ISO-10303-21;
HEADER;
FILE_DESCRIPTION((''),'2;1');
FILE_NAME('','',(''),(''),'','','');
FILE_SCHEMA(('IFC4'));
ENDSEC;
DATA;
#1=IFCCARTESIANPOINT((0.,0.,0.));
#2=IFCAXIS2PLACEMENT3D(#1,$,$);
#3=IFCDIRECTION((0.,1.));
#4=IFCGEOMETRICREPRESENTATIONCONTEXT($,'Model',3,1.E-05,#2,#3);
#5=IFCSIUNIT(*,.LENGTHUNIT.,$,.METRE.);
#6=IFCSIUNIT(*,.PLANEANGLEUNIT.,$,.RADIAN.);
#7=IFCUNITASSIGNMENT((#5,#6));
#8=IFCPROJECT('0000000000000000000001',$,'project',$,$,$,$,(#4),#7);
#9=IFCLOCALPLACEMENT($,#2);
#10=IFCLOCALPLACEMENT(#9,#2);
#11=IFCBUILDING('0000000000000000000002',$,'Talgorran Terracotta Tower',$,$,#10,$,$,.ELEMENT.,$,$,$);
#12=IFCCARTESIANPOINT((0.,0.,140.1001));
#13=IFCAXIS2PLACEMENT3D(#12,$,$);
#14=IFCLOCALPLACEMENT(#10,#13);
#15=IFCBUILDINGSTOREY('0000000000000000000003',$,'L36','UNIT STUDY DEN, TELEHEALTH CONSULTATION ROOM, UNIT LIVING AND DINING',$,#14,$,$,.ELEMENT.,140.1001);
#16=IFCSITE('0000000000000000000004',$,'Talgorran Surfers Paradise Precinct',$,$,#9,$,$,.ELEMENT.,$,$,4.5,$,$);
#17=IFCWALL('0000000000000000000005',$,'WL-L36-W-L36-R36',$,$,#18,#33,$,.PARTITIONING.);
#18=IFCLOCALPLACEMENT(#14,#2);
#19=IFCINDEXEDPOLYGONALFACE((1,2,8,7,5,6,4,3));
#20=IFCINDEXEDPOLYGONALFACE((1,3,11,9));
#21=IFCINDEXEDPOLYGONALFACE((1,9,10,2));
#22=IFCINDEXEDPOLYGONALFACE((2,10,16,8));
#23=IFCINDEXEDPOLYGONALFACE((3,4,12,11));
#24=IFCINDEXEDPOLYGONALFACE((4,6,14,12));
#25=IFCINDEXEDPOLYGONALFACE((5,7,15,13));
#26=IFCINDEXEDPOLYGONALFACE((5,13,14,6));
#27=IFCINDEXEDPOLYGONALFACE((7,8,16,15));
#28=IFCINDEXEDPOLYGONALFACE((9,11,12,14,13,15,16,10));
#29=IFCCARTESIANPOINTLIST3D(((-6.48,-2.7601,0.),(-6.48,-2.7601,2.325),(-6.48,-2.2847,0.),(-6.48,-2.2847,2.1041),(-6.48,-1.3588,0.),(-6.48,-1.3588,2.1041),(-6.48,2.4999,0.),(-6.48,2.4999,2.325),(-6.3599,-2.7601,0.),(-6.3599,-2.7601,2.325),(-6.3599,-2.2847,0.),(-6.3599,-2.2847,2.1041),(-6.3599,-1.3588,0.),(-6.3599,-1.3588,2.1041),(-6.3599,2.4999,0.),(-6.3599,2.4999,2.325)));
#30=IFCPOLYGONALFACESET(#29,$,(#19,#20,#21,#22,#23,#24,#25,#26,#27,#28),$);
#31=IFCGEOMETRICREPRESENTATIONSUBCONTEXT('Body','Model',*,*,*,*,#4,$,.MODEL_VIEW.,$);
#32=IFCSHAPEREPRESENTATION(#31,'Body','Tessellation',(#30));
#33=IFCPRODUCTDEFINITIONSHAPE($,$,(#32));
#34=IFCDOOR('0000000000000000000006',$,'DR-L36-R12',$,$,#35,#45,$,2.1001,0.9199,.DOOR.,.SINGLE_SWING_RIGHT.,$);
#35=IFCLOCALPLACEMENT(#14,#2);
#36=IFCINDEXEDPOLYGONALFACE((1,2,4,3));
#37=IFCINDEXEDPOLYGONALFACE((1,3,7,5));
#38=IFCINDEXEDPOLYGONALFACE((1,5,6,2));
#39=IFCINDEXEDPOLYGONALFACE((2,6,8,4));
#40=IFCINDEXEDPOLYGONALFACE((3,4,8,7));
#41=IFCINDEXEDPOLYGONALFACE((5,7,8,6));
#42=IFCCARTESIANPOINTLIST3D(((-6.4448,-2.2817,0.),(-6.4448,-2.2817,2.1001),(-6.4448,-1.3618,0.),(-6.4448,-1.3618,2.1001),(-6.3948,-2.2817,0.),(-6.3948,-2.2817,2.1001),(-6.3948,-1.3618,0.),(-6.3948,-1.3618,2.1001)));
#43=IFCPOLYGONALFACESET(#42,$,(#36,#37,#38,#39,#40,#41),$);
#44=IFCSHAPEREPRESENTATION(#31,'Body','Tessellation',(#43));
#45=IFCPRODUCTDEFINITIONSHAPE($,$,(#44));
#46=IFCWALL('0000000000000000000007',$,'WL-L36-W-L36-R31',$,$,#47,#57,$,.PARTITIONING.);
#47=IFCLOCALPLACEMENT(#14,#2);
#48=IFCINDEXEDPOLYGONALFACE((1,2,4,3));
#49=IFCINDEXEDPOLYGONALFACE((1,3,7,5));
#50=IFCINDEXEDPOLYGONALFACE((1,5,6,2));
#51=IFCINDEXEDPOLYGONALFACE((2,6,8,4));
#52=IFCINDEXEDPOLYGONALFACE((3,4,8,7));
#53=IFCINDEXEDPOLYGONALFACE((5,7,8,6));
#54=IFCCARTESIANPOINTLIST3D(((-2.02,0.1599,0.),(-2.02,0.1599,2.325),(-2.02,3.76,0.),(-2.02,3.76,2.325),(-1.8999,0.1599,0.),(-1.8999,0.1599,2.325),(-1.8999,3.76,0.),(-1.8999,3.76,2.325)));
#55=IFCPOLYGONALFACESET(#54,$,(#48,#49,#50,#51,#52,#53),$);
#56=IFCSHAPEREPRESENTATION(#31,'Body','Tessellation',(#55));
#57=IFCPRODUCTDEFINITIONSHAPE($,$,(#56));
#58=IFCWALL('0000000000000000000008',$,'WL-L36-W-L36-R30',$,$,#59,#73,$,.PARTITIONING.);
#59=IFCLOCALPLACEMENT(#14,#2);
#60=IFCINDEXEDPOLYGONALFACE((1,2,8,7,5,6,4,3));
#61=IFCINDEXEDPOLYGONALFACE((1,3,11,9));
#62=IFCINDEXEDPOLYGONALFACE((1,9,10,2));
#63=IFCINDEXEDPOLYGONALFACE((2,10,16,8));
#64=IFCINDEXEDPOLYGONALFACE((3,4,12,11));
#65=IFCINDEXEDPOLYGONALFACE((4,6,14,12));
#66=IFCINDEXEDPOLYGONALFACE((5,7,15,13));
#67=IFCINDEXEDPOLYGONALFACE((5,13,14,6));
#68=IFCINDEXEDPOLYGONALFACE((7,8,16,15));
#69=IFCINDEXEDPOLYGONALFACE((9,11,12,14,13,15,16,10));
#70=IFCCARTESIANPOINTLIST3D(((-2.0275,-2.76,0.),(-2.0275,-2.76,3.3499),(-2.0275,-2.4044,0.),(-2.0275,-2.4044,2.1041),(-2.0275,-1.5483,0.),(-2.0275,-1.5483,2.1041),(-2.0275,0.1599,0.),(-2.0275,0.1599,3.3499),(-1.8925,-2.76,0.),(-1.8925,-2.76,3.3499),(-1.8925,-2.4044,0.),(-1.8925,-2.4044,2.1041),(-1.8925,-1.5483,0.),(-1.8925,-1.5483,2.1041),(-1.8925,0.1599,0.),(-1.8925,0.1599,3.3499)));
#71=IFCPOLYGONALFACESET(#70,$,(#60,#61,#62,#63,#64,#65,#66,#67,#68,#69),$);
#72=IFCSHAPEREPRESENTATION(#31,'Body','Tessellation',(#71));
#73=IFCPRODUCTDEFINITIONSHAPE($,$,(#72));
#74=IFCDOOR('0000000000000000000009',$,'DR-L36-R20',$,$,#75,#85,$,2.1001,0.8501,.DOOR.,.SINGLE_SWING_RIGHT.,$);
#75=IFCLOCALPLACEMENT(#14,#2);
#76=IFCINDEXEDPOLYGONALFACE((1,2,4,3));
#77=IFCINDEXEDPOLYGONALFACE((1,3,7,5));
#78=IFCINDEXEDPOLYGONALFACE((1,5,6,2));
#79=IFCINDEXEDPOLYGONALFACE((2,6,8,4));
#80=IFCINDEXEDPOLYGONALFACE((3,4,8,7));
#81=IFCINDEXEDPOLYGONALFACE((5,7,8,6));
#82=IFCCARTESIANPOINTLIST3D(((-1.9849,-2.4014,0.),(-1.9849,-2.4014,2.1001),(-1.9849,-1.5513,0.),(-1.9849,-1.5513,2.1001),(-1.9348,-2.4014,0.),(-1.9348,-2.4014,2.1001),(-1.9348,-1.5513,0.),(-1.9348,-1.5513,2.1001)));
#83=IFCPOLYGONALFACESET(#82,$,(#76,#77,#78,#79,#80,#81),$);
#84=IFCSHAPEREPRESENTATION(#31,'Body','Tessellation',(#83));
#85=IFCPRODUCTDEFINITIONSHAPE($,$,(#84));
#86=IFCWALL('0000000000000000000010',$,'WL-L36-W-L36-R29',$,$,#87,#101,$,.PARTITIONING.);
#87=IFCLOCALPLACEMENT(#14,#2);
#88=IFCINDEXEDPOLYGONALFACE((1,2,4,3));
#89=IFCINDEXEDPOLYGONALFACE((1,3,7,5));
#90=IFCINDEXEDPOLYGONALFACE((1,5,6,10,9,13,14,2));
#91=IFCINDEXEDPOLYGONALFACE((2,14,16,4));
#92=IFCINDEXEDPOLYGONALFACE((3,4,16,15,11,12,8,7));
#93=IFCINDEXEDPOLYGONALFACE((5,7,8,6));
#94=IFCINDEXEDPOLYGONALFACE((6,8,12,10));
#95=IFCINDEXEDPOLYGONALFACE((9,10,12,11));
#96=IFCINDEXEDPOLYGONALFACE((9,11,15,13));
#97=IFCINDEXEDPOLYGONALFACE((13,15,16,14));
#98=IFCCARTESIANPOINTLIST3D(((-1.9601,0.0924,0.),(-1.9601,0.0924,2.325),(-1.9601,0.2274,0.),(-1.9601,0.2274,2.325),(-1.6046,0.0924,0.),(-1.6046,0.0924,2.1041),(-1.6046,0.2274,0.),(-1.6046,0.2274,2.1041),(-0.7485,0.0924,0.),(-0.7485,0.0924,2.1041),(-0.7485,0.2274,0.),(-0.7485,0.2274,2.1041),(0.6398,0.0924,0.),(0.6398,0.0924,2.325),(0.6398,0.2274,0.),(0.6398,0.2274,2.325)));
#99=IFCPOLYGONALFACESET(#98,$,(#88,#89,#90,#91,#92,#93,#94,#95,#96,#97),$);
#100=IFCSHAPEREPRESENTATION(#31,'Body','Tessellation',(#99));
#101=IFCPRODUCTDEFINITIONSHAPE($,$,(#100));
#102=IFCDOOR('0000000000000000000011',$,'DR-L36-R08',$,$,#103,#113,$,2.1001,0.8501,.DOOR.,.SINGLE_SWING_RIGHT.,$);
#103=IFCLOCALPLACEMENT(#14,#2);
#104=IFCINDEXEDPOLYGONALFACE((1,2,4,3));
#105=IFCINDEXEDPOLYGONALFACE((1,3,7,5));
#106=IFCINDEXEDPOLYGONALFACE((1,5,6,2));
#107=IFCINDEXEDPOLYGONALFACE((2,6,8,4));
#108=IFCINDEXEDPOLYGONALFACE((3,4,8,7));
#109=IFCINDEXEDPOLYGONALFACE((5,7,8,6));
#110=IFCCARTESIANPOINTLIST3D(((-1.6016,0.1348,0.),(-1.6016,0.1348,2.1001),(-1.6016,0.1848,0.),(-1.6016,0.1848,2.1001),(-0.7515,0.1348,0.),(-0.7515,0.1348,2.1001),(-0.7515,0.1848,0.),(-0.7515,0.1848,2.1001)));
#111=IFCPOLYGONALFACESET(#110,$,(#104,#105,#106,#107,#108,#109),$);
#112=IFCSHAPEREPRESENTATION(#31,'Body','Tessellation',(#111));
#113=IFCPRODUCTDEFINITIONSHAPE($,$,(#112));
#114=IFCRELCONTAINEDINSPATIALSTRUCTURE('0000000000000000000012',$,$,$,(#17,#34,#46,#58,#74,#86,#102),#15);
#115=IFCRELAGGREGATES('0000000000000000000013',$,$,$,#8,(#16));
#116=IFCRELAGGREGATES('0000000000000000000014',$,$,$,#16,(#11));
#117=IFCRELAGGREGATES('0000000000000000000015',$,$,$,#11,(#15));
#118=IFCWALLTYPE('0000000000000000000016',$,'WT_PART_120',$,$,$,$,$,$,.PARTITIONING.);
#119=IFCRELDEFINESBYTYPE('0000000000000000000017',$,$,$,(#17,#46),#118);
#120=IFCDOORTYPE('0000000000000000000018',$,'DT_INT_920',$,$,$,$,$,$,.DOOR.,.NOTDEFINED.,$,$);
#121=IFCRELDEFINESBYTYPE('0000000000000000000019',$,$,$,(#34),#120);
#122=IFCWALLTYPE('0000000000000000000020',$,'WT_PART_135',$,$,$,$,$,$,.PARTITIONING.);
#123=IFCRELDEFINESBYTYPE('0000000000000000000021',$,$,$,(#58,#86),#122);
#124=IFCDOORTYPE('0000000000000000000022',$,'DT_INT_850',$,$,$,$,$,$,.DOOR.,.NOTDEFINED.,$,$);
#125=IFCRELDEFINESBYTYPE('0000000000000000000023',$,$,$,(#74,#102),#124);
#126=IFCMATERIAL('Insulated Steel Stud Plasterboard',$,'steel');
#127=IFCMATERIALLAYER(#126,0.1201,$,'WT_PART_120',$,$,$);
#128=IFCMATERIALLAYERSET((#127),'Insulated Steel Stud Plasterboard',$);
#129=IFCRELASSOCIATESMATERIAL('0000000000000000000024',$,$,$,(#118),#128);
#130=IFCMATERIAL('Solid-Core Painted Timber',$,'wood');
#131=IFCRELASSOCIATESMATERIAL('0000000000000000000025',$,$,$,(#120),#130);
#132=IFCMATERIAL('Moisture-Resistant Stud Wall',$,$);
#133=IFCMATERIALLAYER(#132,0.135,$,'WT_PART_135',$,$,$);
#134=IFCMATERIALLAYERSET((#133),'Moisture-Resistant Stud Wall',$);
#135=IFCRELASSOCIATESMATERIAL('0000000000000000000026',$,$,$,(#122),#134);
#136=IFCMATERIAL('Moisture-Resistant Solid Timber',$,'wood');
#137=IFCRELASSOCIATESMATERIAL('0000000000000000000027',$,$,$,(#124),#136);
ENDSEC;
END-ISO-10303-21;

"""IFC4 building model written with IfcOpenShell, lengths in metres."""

from ifc_helpers import new_model, si_unit, direction, frame, frame_2d, origin, place, context, subcontext, project, spatial, rectangle, extrude, material, layer, layer_set, type_object, element, fill, save


model = new_model("IFC4")

# Units and contexts
model_context = context("Model", 3, precision=1e-05, world=origin(), true_north=direction((0.0, 1.0)))
body_context = subcontext(model_context, "Body", "Model", "MODEL_VIEW")
ifc_project = project(units=[si_unit("LENGTHUNIT", "METRE"), si_unit("PLANEANGLEUNIT", "RADIAN")], contexts=[model_context])

# Site, building, storey
site_placement = place(None, origin())
site = spatial("IfcSite", under=ifc_project, at=site_placement, Name="Talgorran Surfers Paradise Precinct", CompositionType="ELEMENT", RefElevation=4.5)
building_placement = place(site_placement, origin())
building = spatial("IfcBuilding", under=site, at=building_placement, Name="Talgorran Terracotta Tower", CompositionType="ELEMENT")
storey_placement = place(building_placement, frame((0.0, 0.0, 140.1001)))
storey = spatial("IfcBuildingStorey", under=building, at=storey_placement, Name="L36", Description="UNIT STUDY DEN, TELEHEALTH CONSULTATION ROOM, UNIT LIVING AND DINING", CompositionType="ELEMENT", Elevation=140.1001)

# Wall, opening, door
ifc_material_1 = material(Name="Insulated Steel Stud Plasterboard", Category="steel")
ifc_layer_1 = layer(ifc_material_1, 0.1201, Name="WT_PART_120")
ifc_layer_set_1 = layer_set([ifc_layer_1], Name="Insulated Steel Stud Plasterboard")
wall_type_1 = type_object("IfcWallType", Name="WT_PART_120", PredefinedType="PARTITIONING", material=ifc_layer_set_1)
wall_1_placement = place(storey_placement, frame((-6.4199, -2.76, 0.0), z_axis=(0.0, 0.0, 1.0), x_axis=(0.0, 1.0, 0.0)))
wall_1 = element("IfcWall", 1, at=wall_1_placement, inside=storey, type_object=wall_type_1, Name="WL-L36-W-L36-R36", PredefinedType="PARTITIONING", context=body_context, shape_type="SweptSolid", body=[
    extrude(rectangle(XDim=5.26, YDim=0.1201, at=frame_2d((2.6299, 0.0))), origin(), (0.0, 0.0, 1.0), 2.325),
])
opening_1_placement = place(wall_1_placement, frame((0.4783, 0.0, 0.0)))
opening_1 = element("IfcOpeningElement", 2, at=opening_1_placement, cuts=wall_1, PredefinedType="OPENING", context=body_context, shape_type="SweptSolid", body=[
    extrude(rectangle(XDim=0.9259, YDim=2.1041, at=frame_2d((0.46, 1.052))), frame((0.0, 0.0701, 0.0), z_axis=(0.0, -1.0, 0.0), x_axis=(1.0, 0.0, 0.0)), (0.0, 0.0, 1.0), 0.1401),
])
ifc_material_2 = material(Name="Solid-Core Painted Timber", Category="wood")
door_type_1 = type_object("IfcDoorType", Name="DT_INT_920", OperationType="NOTDEFINED", PredefinedType="DOOR", material=ifc_material_2)
door_1_placement = place(opening_1_placement, origin())
door_1 = element("IfcDoor", 3, at=door_1_placement, inside=storey, type_object=door_type_1, Name="DR-L36-R12", OperationType="SINGLE_SWING_RIGHT", OverallHeight=2.1001, OverallWidth=0.9199, PredefinedType="DOOR", context=body_context, shape_type="SweptSolid", body=[
    extrude(rectangle(XDim=0.9199, YDim=2.1001, at=frame_2d((0.46, 1.05))), frame((0.0, 0.0249, 0.0), z_axis=(0.0, -1.0, 0.0), x_axis=(1.0, 0.0, 0.0)), (0.0, 0.0, 1.0), 0.05),
])
fill(opening_1, door_1)

# Wall
wall_2_placement = place(storey_placement, frame((-1.96, 0.1599, 0.0), z_axis=(0.0, 0.0, 1.0), x_axis=(0.0, 1.0, 0.0)))
element("IfcWall", 4, at=wall_2_placement, inside=storey, type_object=wall_type_1, Name="WL-L36-W-L36-R31", PredefinedType="PARTITIONING", context=body_context, shape_type="SweptSolid", body=[
    extrude(rectangle(XDim=3.6001, YDim=0.1201, at=frame_2d((1.8, 0.0))), origin(), (0.0, 0.0, 1.0), 2.325),
])

# Walls, openings, doors
ifc_material_3 = material(Name="Moisture-Resistant Stud Wall")
ifc_layer_2 = layer(ifc_material_3, 0.135, Name="WT_PART_135")
ifc_layer_set_2 = layer_set([ifc_layer_2], Name="Moisture-Resistant Stud Wall")
wall_type_2 = type_object("IfcWallType", Name="WT_PART_135", PredefinedType="PARTITIONING", material=ifc_layer_set_2)
wall_3_placement = place(storey_placement, frame((-1.96, -2.76, 0.0), z_axis=(0.0, 0.0, 1.0), x_axis=(0.0, 1.0, 0.0)))
wall_3 = element("IfcWall", 5, at=wall_3_placement, inside=storey, type_object=wall_type_2, Name="WL-L36-W-L36-R30", PredefinedType="PARTITIONING", context=body_context, shape_type="SweptSolid", body=[
    extrude(rectangle(XDim=2.9199, YDim=0.135, at=frame_2d((1.46, 0.0))), origin(), (0.0, 0.0, 1.0), 3.3499),
])
opening_2_placement = place(wall_3_placement, frame((0.3586, 0.0, 0.0)))
opening_2 = element("IfcOpeningElement", 6, at=opening_2_placement, cuts=wall_3, PredefinedType="OPENING", context=body_context, shape_type="SweptSolid", body=[
    extrude(rectangle(XDim=0.8561, YDim=2.1041, at=frame_2d((0.425, 1.052))), frame((0.0, 0.0776, 0.0), z_axis=(0.0, -1.0, 0.0), x_axis=(1.0, 0.0, 0.0)), (0.0, 0.0, 1.0), 0.155),
])
ifc_material_4 = material(Name="Moisture-Resistant Solid Timber", Category="wood")
door_type_2 = type_object("IfcDoorType", Name="DT_INT_850", OperationType="NOTDEFINED", PredefinedType="DOOR", material=ifc_material_4)
door_2_placement = place(opening_2_placement, origin())
door_2 = element("IfcDoor", 7, at=door_2_placement, inside=storey, type_object=door_type_2, Name="DR-L36-R20", OperationType="SINGLE_SWING_RIGHT", OverallHeight=2.1001, OverallWidth=0.8501, PredefinedType="DOOR", context=body_context, shape_type="SweptSolid", body=[
    extrude(rectangle(XDim=0.8501, YDim=2.1001, at=frame_2d((0.425, 1.05))), frame((0.0, 0.0249, 0.0), z_axis=(0.0, -1.0, 0.0), x_axis=(1.0, 0.0, 0.0)), (0.0, 0.0, 1.0), 0.05),
])
fill(opening_2, door_2)
wall_4_placement = place(storey_placement, frame((-1.96, 0.1599, 0.0), z_axis=(0.0, 0.0, 1.0), x_axis=(1.0, 0.0, 0.0)))
wall_4 = element("IfcWall", 8, at=wall_4_placement, inside=storey, type_object=wall_type_2, Name="WL-L36-W-L36-R29", PredefinedType="PARTITIONING", context=body_context, shape_type="SweptSolid", body=[
    extrude(rectangle(XDim=2.5999, YDim=0.135, at=frame_2d((1.2998, 0.0))), origin(), (0.0, 0.0, 1.0), 2.325),
])
opening_3_placement = place(wall_4_placement, frame((0.3584, 0.0, 0.0)))
opening_3 = element("IfcOpeningElement", 9, at=opening_3_placement, cuts=wall_4, PredefinedType="OPENING", context=body_context, shape_type="SweptSolid", body=[
    extrude(rectangle(XDim=0.8561, YDim=2.1041, at=frame_2d((0.425, 1.052))), frame((0.0, 0.0776, 0.0), z_axis=(0.0, -1.0, 0.0), x_axis=(1.0, 0.0, 0.0)), (0.0, 0.0, 1.0), 0.155),
])
door_3_placement = place(opening_3_placement, origin())
door_3 = element("IfcDoor", 10, at=door_3_placement, inside=storey, type_object=door_type_2, Name="DR-L36-R08", OperationType="SINGLE_SWING_RIGHT", OverallHeight=2.1001, OverallWidth=0.8501, PredefinedType="DOOR", context=body_context, shape_type="SweptSolid", body=[
    extrude(rectangle(XDim=0.8501, YDim=2.1001, at=frame_2d((0.425, 1.05))), frame((0.0, 0.0249, 0.0), z_axis=(0.0, -1.0, 0.0), x_axis=(1.0, 0.0, 0.0)), (0.0, 0.0, 1.0), 0.05),
])
fill(opening_3, door_3)

save(model, "model.ifc")
